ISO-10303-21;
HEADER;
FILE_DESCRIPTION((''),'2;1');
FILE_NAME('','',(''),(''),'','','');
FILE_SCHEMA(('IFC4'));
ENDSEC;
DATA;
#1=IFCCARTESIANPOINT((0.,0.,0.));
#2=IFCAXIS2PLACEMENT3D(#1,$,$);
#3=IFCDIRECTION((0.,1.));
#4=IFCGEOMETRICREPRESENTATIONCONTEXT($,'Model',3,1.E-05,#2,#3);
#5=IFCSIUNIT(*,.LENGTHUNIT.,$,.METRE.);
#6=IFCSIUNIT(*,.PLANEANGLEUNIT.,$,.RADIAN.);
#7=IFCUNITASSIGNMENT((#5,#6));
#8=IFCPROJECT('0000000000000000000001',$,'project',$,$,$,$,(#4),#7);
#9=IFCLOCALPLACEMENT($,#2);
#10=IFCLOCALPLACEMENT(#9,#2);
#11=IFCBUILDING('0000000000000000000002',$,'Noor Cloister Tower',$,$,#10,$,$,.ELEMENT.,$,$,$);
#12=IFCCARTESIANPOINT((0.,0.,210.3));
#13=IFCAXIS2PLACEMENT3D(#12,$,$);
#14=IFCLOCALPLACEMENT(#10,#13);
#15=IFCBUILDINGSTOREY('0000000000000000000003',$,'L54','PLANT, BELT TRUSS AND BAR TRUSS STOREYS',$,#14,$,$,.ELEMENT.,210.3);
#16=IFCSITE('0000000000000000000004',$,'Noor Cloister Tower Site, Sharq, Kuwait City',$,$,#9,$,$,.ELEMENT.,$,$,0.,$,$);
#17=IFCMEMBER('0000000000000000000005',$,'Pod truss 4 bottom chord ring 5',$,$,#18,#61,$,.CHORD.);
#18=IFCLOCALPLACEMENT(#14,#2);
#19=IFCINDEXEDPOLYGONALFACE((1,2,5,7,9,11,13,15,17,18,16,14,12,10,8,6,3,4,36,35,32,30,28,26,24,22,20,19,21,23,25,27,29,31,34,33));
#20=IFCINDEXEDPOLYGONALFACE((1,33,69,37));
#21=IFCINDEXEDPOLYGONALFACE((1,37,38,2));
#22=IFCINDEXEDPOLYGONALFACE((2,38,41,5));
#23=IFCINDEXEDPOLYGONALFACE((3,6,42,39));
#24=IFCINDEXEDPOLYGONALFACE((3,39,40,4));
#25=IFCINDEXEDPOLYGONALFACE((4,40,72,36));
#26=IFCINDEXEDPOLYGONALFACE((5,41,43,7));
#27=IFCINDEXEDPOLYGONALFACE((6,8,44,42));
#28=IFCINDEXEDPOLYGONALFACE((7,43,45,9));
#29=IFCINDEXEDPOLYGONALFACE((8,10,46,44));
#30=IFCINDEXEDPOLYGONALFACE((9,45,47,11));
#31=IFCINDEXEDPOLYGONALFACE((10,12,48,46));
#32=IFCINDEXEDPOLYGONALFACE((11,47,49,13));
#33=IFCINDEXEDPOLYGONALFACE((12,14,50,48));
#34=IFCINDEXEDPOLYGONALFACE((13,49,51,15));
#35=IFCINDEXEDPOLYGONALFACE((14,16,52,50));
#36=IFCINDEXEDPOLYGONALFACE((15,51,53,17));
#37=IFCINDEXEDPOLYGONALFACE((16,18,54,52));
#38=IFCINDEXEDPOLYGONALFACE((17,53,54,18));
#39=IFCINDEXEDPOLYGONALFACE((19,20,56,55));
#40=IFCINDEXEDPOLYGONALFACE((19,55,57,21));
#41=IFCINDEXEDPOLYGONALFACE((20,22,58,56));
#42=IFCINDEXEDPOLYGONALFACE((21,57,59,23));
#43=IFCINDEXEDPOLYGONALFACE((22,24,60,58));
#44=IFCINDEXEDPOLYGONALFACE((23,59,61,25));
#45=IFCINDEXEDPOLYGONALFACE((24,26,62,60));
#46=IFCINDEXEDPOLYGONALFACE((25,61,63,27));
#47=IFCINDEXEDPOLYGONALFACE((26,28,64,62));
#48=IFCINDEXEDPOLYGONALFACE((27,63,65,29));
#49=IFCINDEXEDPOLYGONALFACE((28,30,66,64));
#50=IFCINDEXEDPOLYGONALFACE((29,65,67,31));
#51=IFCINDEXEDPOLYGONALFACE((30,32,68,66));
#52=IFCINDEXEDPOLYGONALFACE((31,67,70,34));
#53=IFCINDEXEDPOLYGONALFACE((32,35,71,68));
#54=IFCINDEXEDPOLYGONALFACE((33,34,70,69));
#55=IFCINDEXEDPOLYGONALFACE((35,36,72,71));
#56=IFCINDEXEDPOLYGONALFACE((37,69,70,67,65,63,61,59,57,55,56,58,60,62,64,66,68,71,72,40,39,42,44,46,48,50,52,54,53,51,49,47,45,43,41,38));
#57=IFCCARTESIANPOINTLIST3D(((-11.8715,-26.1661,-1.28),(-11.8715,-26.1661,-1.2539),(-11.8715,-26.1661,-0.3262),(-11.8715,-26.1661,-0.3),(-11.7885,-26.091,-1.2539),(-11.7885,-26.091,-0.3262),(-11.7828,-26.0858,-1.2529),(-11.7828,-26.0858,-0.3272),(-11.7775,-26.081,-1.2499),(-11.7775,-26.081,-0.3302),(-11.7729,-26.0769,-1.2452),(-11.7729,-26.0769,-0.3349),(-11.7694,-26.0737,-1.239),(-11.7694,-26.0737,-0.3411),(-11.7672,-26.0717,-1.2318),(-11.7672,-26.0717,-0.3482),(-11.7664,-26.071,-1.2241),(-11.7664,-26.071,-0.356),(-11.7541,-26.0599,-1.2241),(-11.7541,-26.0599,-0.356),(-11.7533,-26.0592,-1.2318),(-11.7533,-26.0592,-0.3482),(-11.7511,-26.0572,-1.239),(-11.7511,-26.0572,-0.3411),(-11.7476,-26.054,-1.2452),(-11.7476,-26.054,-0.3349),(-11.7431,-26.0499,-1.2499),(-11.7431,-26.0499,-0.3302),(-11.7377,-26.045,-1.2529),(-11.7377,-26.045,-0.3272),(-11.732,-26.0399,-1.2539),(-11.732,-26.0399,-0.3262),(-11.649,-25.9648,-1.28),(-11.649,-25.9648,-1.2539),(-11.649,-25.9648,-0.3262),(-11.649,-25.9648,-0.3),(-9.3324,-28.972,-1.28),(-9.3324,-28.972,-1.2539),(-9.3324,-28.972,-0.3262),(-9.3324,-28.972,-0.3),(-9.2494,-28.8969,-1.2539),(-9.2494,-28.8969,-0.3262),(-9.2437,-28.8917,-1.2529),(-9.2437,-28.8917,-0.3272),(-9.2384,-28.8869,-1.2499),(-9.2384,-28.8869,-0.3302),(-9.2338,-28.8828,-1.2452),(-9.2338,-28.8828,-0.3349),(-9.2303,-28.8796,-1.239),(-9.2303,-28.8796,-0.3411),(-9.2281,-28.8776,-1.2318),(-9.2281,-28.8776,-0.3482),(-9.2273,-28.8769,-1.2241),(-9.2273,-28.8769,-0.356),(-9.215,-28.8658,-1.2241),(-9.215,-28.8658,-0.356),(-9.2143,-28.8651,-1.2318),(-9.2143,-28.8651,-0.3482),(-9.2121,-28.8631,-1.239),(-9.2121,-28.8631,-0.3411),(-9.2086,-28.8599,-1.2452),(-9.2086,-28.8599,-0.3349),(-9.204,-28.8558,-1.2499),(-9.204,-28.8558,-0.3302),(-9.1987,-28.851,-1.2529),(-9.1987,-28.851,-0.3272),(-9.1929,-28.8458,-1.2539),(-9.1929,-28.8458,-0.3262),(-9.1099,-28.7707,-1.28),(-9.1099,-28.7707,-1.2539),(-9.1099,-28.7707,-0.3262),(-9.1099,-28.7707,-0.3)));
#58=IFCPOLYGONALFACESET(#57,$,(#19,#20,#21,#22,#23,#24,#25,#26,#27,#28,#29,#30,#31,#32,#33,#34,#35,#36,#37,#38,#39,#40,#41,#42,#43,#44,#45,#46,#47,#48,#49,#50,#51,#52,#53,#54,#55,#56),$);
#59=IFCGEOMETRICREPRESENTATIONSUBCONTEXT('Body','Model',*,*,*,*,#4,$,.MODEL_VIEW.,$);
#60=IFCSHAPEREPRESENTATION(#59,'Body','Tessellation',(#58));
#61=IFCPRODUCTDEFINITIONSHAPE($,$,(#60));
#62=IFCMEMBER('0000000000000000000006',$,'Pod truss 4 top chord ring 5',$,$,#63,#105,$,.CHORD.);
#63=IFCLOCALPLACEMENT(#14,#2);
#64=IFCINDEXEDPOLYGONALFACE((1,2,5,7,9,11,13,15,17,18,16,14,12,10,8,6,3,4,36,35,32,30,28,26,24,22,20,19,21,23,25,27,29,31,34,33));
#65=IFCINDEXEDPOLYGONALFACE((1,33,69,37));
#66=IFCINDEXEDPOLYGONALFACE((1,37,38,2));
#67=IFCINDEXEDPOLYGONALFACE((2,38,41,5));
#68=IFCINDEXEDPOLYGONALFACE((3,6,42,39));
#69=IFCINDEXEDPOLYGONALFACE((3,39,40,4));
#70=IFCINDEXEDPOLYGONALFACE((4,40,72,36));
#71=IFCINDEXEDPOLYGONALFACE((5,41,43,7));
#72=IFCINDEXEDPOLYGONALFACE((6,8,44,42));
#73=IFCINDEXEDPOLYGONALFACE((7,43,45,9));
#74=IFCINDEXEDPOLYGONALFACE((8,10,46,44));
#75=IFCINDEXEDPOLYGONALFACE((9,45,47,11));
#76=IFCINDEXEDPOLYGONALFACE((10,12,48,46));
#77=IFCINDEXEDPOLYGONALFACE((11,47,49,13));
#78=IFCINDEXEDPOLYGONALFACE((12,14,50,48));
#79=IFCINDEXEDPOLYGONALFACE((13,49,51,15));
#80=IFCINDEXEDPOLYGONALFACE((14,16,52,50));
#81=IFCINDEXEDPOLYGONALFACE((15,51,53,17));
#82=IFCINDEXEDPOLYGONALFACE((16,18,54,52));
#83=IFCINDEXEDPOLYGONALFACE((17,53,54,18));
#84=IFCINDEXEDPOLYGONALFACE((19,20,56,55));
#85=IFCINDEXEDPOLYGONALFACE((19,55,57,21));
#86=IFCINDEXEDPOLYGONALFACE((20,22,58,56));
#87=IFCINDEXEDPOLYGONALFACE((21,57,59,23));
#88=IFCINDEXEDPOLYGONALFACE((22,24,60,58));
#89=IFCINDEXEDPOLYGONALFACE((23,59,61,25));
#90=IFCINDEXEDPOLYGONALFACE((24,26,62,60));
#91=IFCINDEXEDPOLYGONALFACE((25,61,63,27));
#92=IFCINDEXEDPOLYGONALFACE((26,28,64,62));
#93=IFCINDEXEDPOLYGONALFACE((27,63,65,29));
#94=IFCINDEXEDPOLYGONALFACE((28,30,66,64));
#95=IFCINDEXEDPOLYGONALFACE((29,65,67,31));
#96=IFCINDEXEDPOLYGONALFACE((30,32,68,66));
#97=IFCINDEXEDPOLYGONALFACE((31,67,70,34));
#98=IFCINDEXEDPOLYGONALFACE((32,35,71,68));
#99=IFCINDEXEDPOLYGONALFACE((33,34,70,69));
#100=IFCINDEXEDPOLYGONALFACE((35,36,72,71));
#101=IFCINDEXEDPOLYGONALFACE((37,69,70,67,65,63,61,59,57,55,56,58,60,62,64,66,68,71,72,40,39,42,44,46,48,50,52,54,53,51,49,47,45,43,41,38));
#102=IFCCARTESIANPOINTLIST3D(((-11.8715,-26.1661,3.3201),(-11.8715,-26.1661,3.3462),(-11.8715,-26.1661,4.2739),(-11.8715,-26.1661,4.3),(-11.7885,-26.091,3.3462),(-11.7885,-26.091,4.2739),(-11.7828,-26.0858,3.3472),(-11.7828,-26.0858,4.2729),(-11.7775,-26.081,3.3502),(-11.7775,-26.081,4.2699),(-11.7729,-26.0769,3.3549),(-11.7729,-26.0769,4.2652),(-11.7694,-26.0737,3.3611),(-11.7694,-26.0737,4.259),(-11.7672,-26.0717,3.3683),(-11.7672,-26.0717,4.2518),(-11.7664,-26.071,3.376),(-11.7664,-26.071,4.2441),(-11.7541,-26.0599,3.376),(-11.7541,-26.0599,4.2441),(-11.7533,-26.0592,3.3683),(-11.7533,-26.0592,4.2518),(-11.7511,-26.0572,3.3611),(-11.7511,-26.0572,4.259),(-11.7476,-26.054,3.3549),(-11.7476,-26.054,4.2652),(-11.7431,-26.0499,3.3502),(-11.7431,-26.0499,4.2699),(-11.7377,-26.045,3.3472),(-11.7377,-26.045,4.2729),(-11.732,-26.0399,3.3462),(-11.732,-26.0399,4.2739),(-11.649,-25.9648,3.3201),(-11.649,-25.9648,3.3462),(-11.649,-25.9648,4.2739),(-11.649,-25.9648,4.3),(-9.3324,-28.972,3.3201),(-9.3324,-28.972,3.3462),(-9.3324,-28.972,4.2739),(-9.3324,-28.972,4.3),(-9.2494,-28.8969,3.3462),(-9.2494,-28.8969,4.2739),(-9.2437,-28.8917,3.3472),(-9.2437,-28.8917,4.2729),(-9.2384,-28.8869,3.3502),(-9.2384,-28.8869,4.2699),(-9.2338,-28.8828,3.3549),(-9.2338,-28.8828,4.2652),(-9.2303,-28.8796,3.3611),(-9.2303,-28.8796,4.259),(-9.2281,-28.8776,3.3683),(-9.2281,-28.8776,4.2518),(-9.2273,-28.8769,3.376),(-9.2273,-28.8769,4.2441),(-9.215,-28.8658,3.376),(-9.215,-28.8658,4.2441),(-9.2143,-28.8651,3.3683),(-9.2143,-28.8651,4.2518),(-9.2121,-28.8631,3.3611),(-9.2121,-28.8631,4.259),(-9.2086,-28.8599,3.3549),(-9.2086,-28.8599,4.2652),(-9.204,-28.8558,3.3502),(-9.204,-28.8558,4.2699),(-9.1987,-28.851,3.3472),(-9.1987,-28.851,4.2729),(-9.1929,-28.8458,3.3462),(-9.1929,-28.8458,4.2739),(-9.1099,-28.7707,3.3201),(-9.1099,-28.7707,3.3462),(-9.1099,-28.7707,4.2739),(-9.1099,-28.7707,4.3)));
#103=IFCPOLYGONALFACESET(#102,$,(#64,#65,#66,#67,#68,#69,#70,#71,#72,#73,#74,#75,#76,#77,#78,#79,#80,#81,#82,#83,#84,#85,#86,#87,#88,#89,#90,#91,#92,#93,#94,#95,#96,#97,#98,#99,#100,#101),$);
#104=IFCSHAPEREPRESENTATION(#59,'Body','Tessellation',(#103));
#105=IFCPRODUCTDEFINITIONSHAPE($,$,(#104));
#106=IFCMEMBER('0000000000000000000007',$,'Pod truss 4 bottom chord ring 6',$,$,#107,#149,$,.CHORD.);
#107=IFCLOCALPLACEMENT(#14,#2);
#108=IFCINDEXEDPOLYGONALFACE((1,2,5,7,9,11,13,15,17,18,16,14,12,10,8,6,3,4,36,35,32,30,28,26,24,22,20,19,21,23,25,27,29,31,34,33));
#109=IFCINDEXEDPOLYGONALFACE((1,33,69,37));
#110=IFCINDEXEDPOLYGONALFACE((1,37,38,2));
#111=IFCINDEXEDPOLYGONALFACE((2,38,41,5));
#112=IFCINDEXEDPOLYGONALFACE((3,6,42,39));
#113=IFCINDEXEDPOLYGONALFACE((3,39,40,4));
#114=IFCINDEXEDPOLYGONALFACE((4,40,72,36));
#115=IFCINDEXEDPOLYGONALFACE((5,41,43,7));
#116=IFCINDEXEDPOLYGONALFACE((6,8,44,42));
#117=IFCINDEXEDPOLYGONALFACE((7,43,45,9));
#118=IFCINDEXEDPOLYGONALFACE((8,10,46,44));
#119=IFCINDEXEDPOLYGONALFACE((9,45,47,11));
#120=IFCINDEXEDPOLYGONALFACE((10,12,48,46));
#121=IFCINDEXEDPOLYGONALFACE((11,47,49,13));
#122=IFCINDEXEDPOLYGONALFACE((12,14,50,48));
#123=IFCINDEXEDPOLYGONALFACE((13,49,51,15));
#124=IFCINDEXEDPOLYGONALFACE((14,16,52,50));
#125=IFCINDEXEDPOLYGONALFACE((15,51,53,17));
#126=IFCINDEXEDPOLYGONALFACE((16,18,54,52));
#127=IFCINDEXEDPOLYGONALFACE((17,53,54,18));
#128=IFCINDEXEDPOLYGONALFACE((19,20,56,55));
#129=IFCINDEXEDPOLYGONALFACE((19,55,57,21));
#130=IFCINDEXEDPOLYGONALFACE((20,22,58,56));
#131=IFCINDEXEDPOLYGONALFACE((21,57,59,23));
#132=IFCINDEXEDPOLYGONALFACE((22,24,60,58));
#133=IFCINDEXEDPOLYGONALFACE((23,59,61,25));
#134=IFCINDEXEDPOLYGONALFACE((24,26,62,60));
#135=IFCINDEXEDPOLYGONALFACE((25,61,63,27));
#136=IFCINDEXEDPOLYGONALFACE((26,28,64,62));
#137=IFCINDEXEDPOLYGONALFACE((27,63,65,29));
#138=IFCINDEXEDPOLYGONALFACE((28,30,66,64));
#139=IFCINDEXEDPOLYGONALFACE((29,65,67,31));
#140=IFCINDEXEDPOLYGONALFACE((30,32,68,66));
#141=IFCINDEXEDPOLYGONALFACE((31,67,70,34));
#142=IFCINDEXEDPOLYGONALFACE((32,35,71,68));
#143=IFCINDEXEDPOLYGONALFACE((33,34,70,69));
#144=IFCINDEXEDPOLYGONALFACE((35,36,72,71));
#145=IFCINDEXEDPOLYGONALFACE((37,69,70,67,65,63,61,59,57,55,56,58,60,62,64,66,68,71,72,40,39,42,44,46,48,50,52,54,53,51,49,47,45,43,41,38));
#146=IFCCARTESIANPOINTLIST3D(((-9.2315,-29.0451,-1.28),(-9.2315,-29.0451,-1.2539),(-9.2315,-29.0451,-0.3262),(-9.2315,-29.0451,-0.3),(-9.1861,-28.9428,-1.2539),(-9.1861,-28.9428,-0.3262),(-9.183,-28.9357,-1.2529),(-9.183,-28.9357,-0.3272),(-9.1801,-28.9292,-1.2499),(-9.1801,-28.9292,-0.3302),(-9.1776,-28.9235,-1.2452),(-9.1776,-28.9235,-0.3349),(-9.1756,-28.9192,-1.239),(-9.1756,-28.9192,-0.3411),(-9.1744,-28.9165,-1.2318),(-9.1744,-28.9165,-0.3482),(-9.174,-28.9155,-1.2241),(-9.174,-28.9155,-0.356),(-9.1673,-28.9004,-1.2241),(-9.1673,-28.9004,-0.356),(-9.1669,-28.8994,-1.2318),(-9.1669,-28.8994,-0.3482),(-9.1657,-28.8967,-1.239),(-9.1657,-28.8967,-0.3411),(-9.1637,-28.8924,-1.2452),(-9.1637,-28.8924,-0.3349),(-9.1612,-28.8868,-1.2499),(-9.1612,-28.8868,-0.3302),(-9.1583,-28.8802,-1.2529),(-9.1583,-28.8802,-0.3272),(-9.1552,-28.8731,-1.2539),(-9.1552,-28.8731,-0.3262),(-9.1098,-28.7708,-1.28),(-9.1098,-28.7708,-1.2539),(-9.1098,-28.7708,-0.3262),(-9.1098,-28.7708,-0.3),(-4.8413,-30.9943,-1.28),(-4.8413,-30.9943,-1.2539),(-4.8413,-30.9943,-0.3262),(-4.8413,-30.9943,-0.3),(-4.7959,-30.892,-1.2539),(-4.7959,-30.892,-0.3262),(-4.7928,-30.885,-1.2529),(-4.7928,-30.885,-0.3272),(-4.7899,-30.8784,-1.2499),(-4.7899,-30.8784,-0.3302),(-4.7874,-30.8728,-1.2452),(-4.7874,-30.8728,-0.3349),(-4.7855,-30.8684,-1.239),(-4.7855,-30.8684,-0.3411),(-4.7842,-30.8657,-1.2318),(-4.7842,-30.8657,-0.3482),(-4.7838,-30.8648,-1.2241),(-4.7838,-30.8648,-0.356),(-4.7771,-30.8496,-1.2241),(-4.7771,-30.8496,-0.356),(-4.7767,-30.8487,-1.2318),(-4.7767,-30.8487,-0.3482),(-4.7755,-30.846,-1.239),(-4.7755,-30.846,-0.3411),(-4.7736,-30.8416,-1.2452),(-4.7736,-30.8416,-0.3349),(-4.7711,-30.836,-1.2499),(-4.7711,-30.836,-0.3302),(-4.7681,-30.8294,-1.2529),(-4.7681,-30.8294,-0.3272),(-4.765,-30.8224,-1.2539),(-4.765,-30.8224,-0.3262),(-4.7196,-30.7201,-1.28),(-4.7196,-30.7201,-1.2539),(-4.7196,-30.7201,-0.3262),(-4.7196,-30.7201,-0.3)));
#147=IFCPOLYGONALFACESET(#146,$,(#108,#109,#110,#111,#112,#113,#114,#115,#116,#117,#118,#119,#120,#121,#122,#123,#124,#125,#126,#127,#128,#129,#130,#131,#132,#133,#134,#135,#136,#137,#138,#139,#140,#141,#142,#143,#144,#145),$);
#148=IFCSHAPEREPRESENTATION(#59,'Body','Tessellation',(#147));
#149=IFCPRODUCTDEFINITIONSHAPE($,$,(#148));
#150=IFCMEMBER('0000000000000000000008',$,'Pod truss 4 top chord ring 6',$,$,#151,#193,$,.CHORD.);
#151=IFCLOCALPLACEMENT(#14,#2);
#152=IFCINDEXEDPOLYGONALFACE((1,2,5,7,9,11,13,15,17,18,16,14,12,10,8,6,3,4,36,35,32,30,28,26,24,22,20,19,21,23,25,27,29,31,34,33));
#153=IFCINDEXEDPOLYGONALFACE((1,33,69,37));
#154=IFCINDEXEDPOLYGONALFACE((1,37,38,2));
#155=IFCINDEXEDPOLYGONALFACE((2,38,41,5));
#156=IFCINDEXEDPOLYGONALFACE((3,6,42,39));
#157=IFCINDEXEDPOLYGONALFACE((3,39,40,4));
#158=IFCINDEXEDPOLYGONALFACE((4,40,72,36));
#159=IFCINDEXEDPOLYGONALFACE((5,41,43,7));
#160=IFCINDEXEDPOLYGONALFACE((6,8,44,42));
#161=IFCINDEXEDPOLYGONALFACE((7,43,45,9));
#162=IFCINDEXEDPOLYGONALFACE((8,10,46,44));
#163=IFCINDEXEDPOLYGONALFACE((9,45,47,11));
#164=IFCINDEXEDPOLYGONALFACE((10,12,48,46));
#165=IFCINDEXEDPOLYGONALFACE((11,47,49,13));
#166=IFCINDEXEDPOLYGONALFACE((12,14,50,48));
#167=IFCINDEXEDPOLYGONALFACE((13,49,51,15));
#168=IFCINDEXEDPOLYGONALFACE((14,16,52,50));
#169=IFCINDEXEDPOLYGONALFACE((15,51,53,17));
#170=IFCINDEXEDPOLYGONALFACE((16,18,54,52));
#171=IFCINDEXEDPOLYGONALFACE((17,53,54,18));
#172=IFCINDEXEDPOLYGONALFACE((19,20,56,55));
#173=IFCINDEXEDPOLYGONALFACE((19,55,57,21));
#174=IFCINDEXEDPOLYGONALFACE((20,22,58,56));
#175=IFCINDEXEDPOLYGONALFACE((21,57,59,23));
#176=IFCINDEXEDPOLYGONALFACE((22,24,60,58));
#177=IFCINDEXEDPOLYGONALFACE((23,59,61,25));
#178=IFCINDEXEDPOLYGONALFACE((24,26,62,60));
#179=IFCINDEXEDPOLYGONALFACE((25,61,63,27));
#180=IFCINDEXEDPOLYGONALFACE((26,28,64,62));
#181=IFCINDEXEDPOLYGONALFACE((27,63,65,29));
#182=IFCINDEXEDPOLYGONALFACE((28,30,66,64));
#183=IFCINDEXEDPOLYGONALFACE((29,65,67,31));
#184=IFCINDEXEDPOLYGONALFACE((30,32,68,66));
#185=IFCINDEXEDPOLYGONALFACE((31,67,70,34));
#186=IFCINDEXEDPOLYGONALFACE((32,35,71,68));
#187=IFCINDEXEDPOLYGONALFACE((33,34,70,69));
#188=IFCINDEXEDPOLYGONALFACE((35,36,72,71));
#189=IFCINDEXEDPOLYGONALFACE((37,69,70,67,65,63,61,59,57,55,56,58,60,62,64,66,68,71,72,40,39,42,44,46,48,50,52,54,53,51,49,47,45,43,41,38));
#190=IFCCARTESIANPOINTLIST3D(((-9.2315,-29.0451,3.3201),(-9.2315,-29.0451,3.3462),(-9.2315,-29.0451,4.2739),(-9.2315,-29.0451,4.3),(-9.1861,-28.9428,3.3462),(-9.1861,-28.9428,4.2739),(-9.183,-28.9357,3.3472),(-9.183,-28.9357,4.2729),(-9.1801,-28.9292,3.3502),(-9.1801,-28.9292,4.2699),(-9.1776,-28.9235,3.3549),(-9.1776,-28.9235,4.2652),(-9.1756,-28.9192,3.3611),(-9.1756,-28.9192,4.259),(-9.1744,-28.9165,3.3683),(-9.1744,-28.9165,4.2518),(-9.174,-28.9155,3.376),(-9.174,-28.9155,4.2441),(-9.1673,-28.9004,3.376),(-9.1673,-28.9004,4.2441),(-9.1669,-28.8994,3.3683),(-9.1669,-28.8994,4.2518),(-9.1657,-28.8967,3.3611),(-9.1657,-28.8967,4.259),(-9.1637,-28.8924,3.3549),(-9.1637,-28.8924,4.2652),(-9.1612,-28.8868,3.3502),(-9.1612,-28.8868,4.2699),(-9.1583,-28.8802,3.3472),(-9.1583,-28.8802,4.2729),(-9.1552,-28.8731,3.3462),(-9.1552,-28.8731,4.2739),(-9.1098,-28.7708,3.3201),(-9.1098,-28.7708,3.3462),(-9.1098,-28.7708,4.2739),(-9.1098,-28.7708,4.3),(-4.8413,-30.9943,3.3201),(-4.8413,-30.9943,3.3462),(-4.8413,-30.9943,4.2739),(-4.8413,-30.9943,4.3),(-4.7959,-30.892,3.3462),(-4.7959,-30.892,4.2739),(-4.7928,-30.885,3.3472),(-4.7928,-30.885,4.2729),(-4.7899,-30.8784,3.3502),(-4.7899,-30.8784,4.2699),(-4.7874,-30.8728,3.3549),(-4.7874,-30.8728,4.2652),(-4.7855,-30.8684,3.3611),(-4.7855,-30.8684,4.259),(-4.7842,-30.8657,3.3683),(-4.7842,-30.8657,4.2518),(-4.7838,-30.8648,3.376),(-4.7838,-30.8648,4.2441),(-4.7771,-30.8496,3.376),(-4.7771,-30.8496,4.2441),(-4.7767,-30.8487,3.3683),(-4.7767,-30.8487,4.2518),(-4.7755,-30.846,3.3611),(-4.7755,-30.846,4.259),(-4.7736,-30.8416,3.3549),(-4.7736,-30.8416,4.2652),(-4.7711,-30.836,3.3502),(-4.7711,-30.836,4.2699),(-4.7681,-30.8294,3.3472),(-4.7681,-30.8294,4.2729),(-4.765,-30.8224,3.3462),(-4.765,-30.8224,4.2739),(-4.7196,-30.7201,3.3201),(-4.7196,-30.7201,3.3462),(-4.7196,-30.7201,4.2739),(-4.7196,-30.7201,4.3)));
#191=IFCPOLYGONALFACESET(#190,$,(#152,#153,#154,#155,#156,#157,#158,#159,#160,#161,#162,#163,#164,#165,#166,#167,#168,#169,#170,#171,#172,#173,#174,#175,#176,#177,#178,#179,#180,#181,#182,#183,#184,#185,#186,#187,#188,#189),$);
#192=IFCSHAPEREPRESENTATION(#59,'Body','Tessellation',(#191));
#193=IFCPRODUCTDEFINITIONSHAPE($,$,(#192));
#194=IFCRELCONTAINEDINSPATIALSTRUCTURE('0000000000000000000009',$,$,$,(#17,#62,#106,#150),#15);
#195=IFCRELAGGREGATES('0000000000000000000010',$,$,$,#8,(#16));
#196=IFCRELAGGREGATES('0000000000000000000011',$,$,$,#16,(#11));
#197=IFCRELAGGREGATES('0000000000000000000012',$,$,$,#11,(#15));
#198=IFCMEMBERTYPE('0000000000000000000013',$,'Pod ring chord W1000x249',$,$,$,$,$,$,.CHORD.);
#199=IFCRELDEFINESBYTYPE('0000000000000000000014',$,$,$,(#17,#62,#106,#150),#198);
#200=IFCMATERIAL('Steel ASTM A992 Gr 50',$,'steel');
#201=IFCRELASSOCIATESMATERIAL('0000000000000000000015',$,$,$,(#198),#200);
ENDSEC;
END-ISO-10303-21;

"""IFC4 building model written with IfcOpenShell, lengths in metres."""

from ifc_helpers import new_model, si_unit, direction, frame, origin, origin_2d, place, context, subcontext, project, spatial, i_section, extrude, material, material_profile, profile_set, type_object, element, save


model = new_model("IFC4")

# Units and contexts
model_context = context("Model", 3, precision=1e-05, world=origin(), true_north=direction((0.0, 1.0)))
body_context = subcontext(model_context, "Body", "Model", "MODEL_VIEW")
ifc_project = project(units=[si_unit("LENGTHUNIT", "METRE"), si_unit("PLANEANGLEUNIT", "RADIAN")], contexts=[model_context])

# Site, building, storey
site_placement = place(None, origin())
site = spatial("IfcSite", under=ifc_project, at=site_placement, Name="Noor Cloister Tower Site, Sharq, Kuwait City", CompositionType="ELEMENT", RefElevation=0.0)
building_placement = place(site_placement, origin())
building = spatial("IfcBuilding", under=site, at=building_placement, Name="Noor Cloister Tower", CompositionType="ELEMENT")
storey_placement = place(building_placement, frame((0.0, 0.0, 210.3)))
storey = spatial("IfcBuildingStorey", under=building, at=storey_placement, Name="L54", Description="PLANT, BELT TRUSS AND BAR TRUSS STOREYS", CompositionType="ELEMENT", Elevation=210.3)

# Members
ifc_material_1 = material(Name="Steel ASTM A992 Gr 50", Category="steel")
ifc_material_profile_1 = material_profile(ifc_material_1, i_section(OverallWidth=0.3, OverallDepth=0.98, WebThickness=0.0166, FlangeThickness=0.0261, FilletRadius=0.0298, at=origin_2d()), Name="W1000x249")
ifc_profile_set_1 = profile_set([ifc_material_profile_1], Name="Steel ASTM A992 Gr 50")
member_type_1 = type_object("IfcMemberType", Name="Pod ring chord W1000x249", PredefinedType="CHORD", material=ifc_profile_set_1)
for number, where, z_axis, x_axis, name in (
    (1, (-11.7603, -26.0654, -0.79), (0.670969, -0.741485, 0.0), (0.741485, 0.670969, 0.0), "Pod truss 4 bottom chord ring 5"),
    (2, (-11.7603, -26.0654, 3.8101), (0.670969, -0.741485, 0.0), (0.741485, 0.670969, 0.0), "Pod truss 4 top chord ring 5"),
):
    element("IfcMember", number, at=place(storey_placement, frame(where, z_axis=z_axis, x_axis=x_axis)), inside=storey, type_object=member_type_1, Name=name, PredefinedType="CHORD", context=body_context, shape_type="SweptSolid", body=[
        extrude(i_section(OverallWidth=0.3, OverallDepth=0.98, WebThickness=0.0166, FlangeThickness=0.0261, FilletRadius=0.0298, at=origin_2d()), origin(), (0.0, 0.0, 1.0), 3.7842),
    ])
for number, where, z_axis, x_axis, name in (
    (3, (-9.1707, -28.908, -0.79), (0.913962, -0.405799, 0.0), (0.405799, 0.913962, 0.0), "Pod truss 4 bottom chord ring 6"),
    (4, (-9.1707, -28.908, 3.8101), (0.913962, -0.405799, 0.0), (0.405799, 0.913962, 0.0), "Pod truss 4 top chord ring 6"),
):
    element("IfcMember", number, at=place(storey_placement, frame(where, z_axis=z_axis, x_axis=x_axis)), inside=storey, type_object=member_type_1, Name=name, PredefinedType="CHORD", context=body_context, shape_type="SweptSolid", body=[
        extrude(i_section(OverallWidth=0.3, OverallDepth=0.98, WebThickness=0.0166, FlangeThickness=0.0261, FilletRadius=0.0298, at=origin_2d()), origin(), (0.0, 0.0, 1.0), 4.8035),
    ])

save(model, "model.ifc")
